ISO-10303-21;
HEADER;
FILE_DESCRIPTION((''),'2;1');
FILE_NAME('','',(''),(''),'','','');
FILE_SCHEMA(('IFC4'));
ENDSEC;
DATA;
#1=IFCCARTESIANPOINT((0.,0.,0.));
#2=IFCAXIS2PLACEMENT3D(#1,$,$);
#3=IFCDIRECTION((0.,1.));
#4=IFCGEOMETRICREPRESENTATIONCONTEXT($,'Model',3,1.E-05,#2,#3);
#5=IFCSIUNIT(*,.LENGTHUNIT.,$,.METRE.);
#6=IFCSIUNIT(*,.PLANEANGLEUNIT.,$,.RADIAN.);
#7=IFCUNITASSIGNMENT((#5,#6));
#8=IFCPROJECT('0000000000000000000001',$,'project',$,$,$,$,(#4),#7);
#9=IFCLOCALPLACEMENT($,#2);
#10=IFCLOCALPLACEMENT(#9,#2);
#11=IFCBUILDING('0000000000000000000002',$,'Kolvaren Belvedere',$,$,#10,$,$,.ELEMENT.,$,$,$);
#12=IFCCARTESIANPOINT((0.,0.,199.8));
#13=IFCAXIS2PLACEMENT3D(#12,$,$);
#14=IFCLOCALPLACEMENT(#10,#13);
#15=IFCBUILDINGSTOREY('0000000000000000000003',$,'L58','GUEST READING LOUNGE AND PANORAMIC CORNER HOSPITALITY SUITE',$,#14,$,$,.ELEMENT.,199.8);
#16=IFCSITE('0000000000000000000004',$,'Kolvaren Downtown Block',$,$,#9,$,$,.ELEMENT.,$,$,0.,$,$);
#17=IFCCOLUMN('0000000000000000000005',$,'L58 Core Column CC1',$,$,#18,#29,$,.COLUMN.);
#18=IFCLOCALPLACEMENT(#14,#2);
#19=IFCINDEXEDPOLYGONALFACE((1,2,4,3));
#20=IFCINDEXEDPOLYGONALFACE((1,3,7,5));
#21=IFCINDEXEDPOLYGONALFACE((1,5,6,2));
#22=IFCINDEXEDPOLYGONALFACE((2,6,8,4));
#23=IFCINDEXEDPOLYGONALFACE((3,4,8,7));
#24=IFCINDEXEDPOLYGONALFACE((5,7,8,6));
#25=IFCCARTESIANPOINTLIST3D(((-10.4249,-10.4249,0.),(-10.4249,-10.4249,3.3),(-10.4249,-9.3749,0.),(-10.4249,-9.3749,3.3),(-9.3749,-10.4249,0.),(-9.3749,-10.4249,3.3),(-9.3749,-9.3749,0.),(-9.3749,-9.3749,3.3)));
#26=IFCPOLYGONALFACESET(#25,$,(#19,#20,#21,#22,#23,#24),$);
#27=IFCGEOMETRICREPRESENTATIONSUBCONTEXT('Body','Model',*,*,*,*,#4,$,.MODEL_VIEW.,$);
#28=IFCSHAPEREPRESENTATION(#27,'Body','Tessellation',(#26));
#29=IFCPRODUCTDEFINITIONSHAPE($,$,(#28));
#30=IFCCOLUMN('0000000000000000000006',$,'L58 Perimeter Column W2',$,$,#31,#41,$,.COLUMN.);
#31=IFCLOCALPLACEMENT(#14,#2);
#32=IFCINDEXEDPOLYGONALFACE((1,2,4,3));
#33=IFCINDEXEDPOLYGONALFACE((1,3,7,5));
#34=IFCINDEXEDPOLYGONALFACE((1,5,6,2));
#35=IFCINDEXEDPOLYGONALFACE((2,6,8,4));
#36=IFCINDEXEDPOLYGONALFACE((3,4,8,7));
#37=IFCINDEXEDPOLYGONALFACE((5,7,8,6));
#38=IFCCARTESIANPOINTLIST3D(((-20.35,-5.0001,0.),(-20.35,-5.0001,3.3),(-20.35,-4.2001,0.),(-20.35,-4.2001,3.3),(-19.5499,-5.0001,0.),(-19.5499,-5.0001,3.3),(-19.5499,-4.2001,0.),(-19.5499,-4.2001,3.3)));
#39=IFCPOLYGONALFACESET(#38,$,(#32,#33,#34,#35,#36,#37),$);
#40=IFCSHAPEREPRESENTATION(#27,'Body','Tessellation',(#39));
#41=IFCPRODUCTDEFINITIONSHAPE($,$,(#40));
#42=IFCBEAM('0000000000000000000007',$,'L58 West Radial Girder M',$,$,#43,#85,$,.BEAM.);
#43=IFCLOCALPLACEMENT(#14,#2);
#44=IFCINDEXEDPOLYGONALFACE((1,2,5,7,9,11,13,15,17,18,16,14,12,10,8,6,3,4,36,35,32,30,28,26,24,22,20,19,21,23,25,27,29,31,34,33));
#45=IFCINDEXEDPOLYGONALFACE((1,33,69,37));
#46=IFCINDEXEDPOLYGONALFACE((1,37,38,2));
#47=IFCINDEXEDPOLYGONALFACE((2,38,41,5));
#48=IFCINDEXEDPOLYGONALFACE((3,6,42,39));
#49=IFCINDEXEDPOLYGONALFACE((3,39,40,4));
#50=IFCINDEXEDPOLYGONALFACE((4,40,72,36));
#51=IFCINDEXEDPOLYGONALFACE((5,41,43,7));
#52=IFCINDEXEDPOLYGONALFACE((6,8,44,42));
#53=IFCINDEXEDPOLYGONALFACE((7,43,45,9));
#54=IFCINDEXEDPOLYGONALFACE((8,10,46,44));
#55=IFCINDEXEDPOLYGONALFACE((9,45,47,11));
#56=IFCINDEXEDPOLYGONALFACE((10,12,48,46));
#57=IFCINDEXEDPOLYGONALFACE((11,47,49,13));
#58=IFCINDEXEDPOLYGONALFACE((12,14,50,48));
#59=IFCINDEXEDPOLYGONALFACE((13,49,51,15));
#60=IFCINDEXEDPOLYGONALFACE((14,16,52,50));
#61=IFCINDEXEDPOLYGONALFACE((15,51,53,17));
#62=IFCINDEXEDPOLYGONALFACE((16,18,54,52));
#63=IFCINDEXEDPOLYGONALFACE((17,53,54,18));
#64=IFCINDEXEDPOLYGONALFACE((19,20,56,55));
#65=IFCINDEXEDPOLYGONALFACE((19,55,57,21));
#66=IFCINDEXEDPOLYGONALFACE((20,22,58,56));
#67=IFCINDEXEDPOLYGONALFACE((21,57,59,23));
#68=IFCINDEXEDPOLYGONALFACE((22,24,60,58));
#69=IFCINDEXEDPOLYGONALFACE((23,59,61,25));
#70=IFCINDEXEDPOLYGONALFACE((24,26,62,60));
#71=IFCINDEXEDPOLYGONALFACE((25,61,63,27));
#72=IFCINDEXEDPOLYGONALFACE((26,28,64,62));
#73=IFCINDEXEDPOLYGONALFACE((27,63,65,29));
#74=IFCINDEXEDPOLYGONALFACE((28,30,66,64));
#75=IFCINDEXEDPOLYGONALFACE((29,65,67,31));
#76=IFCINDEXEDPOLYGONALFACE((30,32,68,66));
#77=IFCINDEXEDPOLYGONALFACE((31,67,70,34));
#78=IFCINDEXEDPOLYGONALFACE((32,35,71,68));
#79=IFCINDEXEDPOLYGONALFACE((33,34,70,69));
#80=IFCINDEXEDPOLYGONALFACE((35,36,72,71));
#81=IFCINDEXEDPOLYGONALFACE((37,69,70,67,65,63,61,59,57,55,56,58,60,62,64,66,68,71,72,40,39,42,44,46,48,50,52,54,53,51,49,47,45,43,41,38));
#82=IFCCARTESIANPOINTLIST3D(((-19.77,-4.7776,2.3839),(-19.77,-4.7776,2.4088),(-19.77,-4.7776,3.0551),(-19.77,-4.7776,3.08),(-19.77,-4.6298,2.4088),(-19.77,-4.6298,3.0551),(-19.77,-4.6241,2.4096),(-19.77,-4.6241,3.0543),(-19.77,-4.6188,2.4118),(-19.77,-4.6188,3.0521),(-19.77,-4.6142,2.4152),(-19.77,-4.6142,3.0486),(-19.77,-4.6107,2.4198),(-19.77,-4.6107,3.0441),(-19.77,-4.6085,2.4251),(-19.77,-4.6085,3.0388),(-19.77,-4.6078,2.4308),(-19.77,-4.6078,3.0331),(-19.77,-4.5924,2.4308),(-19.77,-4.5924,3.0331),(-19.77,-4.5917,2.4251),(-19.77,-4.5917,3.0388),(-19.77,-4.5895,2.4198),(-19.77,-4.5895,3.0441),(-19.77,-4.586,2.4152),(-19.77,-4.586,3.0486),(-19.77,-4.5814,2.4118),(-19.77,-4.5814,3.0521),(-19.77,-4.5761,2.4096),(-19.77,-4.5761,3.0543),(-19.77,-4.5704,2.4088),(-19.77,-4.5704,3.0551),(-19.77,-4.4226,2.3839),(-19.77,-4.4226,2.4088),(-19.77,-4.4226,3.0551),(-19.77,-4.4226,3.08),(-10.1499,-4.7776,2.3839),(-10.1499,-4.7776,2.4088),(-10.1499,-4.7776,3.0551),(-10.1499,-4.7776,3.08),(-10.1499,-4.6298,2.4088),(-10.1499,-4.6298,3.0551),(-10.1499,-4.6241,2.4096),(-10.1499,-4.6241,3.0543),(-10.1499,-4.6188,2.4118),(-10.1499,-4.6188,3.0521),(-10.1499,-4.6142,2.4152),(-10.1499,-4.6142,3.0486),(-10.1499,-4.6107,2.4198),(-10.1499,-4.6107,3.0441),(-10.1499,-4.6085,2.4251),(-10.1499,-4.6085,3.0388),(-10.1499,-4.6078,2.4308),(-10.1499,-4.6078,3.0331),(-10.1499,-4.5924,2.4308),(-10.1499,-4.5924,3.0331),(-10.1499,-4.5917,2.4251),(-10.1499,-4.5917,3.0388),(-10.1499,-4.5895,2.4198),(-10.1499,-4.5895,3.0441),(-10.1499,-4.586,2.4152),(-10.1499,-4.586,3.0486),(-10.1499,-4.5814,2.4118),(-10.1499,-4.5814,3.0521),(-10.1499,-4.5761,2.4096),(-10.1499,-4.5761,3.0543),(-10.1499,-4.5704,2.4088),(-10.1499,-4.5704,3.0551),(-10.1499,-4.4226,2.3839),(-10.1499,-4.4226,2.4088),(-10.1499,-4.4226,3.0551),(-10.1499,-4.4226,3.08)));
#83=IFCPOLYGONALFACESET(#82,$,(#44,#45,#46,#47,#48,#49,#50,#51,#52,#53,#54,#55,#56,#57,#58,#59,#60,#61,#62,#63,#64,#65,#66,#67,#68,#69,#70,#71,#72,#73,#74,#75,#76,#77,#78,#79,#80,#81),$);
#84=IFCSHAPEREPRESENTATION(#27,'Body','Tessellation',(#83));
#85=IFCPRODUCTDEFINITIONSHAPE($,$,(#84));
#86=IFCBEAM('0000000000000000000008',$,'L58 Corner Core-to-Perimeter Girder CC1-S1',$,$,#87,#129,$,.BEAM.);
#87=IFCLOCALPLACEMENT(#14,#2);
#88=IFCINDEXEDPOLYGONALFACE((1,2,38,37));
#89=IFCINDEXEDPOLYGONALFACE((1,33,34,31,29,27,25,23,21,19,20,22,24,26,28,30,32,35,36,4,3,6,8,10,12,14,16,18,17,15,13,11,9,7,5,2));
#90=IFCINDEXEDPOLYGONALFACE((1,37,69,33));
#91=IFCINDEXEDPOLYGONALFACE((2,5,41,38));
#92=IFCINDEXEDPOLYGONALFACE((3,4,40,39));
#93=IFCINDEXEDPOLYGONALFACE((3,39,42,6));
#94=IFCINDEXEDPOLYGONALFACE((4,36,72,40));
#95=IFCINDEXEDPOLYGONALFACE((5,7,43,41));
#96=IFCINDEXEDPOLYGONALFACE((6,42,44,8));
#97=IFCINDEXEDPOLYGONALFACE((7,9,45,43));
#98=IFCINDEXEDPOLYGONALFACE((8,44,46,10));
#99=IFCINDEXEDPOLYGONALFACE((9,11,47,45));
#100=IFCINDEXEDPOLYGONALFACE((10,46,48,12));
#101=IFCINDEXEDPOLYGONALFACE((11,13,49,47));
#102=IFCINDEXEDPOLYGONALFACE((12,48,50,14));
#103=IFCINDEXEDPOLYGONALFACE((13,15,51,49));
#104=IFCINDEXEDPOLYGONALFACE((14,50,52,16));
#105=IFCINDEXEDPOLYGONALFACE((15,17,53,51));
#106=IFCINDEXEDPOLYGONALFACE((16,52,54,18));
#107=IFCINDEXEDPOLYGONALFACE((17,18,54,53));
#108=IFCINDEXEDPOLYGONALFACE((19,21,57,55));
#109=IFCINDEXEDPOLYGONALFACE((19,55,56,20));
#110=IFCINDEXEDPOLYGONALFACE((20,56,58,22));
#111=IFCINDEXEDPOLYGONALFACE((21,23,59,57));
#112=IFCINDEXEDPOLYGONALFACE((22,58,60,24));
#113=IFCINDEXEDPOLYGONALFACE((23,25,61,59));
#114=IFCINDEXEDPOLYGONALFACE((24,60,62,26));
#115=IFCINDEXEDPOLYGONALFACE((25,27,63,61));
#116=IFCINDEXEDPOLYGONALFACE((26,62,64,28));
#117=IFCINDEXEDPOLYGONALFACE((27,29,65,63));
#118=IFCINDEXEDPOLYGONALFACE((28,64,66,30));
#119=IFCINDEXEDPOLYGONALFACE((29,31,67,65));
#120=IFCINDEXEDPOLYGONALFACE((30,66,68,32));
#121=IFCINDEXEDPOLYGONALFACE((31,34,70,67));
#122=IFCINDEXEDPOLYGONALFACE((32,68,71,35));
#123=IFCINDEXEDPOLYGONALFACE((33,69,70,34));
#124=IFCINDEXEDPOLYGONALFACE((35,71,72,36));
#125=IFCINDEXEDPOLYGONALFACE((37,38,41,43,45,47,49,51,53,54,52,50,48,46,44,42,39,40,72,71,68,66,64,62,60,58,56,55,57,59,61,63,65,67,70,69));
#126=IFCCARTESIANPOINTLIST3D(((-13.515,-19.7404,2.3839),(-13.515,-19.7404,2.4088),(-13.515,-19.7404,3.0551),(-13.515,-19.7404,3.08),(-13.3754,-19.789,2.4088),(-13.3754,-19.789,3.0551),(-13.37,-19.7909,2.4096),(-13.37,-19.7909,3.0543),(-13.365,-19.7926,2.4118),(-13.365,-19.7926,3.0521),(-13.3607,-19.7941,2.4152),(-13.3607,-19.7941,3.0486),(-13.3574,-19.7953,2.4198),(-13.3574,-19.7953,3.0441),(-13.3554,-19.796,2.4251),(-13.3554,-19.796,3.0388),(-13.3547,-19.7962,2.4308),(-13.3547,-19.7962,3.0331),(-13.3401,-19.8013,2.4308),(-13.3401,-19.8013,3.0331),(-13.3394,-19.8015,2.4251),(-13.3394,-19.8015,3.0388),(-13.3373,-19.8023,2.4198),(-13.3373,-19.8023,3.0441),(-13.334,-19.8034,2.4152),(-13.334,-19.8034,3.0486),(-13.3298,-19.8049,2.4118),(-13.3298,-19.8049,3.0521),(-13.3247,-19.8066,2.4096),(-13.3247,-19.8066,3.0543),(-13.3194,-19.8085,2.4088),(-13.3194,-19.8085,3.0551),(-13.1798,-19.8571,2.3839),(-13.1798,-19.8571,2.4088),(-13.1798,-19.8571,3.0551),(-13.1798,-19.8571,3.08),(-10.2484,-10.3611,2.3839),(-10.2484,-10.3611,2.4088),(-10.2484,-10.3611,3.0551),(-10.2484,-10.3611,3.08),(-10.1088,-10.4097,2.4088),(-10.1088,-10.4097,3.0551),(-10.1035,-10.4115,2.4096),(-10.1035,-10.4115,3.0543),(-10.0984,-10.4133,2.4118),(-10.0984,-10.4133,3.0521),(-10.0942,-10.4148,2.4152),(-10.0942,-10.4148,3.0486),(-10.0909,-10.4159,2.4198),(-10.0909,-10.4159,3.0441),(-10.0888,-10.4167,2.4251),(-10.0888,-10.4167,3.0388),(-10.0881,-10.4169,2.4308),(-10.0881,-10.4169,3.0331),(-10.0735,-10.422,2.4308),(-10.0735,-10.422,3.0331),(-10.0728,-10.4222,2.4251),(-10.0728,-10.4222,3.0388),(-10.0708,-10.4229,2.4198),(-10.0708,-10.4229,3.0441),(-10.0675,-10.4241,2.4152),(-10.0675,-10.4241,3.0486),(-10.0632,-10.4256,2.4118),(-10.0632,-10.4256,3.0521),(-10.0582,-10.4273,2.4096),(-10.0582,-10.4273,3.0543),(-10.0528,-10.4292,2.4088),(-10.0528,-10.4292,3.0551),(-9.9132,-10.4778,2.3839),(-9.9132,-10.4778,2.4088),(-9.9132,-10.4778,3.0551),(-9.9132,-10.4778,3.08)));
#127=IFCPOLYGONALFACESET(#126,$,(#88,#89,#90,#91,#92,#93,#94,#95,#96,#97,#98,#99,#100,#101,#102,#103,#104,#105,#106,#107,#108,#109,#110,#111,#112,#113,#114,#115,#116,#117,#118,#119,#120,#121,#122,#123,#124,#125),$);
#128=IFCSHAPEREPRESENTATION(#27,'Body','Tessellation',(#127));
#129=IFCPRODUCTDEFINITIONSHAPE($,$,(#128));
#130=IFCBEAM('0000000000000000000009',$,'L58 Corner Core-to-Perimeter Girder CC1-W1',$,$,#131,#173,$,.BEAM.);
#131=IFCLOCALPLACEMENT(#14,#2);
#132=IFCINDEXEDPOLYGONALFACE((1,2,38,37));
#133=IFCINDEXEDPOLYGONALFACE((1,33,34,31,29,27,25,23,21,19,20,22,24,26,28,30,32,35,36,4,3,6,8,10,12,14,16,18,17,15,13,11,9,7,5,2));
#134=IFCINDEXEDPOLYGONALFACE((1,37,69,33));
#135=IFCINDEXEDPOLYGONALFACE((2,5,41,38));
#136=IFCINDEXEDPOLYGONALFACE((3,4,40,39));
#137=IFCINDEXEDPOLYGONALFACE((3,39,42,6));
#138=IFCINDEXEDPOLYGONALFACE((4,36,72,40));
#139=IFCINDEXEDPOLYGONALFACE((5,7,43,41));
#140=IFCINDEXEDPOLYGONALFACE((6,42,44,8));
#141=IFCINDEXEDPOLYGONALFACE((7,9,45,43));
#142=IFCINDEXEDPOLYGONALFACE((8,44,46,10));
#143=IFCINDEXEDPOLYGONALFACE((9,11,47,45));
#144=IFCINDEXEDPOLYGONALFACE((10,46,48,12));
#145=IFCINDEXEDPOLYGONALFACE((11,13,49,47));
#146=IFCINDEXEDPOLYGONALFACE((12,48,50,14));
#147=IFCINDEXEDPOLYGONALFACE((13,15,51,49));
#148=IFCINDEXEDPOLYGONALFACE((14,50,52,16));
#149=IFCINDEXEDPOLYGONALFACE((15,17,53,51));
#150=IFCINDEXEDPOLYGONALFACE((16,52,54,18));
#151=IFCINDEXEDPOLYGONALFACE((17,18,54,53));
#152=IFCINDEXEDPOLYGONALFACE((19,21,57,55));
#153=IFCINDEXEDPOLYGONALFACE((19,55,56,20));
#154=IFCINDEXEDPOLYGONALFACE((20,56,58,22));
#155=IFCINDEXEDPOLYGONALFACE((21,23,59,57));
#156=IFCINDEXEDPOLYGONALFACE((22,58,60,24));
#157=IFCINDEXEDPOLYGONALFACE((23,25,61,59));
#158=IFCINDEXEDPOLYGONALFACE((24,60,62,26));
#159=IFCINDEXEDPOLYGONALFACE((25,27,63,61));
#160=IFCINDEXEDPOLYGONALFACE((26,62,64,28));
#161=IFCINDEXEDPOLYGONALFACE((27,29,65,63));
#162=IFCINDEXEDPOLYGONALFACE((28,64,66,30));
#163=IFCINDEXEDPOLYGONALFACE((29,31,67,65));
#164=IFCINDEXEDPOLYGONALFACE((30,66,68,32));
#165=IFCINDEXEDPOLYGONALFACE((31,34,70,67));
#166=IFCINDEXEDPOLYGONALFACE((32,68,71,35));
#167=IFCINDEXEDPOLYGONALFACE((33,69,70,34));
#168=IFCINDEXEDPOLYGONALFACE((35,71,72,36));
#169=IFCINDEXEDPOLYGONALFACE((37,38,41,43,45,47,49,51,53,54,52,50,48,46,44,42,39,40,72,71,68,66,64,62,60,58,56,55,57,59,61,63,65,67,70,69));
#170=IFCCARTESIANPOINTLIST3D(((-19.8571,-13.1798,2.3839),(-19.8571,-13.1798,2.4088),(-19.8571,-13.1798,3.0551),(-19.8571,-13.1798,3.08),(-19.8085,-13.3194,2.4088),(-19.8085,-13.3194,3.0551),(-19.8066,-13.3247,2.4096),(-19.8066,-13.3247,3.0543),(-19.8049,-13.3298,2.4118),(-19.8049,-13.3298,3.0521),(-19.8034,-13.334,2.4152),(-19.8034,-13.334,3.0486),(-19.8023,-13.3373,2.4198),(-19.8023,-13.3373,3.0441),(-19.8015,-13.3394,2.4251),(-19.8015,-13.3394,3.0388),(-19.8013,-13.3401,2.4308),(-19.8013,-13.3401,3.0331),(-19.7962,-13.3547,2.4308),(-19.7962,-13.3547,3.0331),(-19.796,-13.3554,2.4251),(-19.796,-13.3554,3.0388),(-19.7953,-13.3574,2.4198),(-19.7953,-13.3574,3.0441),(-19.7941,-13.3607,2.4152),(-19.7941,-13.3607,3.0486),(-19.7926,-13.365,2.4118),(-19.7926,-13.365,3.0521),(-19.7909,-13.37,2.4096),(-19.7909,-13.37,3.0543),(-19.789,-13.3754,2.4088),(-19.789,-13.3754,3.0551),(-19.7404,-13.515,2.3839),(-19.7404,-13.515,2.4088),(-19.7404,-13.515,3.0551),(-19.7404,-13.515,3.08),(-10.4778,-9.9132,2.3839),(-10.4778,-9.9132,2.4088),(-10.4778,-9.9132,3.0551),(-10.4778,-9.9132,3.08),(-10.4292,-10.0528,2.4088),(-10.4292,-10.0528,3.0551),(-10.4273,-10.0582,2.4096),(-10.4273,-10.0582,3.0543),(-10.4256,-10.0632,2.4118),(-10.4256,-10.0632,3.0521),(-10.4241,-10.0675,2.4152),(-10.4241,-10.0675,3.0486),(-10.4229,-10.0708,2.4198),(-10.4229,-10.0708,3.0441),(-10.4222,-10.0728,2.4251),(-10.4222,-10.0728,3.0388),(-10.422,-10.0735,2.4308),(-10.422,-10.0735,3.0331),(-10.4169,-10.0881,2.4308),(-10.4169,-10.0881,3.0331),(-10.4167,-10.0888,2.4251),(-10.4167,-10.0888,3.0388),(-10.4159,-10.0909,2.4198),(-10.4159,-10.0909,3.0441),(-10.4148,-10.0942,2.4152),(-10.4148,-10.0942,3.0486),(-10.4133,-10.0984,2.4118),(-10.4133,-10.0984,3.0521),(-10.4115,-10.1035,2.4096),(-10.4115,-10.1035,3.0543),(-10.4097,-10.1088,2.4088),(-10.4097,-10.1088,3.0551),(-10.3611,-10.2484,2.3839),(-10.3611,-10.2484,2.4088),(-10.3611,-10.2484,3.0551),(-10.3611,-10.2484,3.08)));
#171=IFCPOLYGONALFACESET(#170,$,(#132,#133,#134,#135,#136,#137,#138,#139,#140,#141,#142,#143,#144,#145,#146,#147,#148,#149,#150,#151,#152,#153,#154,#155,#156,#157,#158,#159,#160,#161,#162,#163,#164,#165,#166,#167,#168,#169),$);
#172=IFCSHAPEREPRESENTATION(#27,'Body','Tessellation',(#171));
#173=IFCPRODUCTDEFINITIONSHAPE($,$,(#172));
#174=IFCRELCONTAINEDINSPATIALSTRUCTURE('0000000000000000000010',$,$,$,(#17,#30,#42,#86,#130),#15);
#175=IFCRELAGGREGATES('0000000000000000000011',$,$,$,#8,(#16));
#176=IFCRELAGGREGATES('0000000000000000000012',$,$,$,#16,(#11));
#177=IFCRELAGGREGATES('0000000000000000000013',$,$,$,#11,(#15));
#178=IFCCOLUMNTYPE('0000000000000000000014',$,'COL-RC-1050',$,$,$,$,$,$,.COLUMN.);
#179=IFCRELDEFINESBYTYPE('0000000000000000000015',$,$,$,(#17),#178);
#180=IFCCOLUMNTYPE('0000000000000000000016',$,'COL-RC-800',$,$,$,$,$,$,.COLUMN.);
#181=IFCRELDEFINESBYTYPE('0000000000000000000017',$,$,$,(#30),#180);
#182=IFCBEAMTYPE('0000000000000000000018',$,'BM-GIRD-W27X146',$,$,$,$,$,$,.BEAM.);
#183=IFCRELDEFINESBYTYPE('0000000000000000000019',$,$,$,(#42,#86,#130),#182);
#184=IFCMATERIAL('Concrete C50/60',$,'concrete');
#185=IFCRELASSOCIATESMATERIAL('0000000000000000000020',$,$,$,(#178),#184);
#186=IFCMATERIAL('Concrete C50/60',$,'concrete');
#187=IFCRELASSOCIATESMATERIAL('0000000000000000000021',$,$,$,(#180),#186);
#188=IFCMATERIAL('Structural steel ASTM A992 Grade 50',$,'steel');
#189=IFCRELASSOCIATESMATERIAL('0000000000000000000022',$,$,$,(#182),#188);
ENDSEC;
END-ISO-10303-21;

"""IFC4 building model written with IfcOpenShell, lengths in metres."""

from ifc_helpers import new_model, si_unit, direction, frame, origin, origin_2d, place, context, subcontext, project, spatial, rectangle, i_section, extrude, material, material_profile, profile_set, type_object, element, save


model = new_model("IFC4")

# Units and contexts
model_context = context("Model", 3, precision=1e-05, world=origin(), true_north=direction((0.0, 1.0)))
body_context = subcontext(model_context, "Body", "Model", "MODEL_VIEW")
ifc_project = project(units=[si_unit("LENGTHUNIT", "METRE"), si_unit("PLANEANGLEUNIT", "RADIAN")], contexts=[model_context])

# Site, building, storey
site_placement = place(None, origin())
site = spatial("IfcSite", under=ifc_project, at=site_placement, Name="Kolvaren Downtown Block", CompositionType="ELEMENT", RefElevation=0.0)
building_placement = place(site_placement, origin())
building = spatial("IfcBuilding", under=site, at=building_placement, Name="Kolvaren Belvedere", CompositionType="ELEMENT")
storey_placement = place(building_placement, frame((0.0, 0.0, 199.8)))
storey = spatial("IfcBuildingStorey", under=building, at=storey_placement, Name="L58", Description="GUEST READING LOUNGE AND PANORAMIC CORNER HOSPITALITY SUITE", CompositionType="ELEMENT", Elevation=199.8)

# Columns
ifc_material_1 = material(Name="Concrete C50/60", Category="concrete")
ifc_material_profile_1 = material_profile(ifc_material_1, rectangle(XDim=1.05, YDim=1.05, at=origin_2d()), Name="RC 1050X1050")
ifc_profile_set_1 = profile_set([ifc_material_profile_1], Name="Concrete C50/60")
column_type_1 = type_object("IfcColumnType", Name="COL-RC-1050", PredefinedType="COLUMN", material=ifc_profile_set_1)
column_1_placement = place(storey_placement, frame((-9.8999, -9.8999, 0.0), z_axis=(0.0, 0.0, 1.0), x_axis=(1.0, 0.0, 0.0)))
element("IfcColumn", 1, at=column_1_placement, inside=storey, type_object=column_type_1, Name="L58 Core Column CC1", PredefinedType="COLUMN", context=body_context, shape_type="SweptSolid", body=[
    extrude(rectangle(XDim=1.05, YDim=1.05, at=origin_2d()), origin(), (0.0, 0.0, 1.0), 3.3),
])
ifc_material_2 = material(Name="Concrete C50/60", Category="concrete")
ifc_material_profile_2 = material_profile(ifc_material_2, rectangle(XDim=0.8, YDim=0.8, at=origin_2d()), Name="RC 800X800")
ifc_profile_set_2 = profile_set([ifc_material_profile_2], Name="Concrete C50/60")
column_type_2 = type_object("IfcColumnType", Name="COL-RC-800", PredefinedType="COLUMN", material=ifc_profile_set_2)
column_2_placement = place(storey_placement, frame((-19.95, -4.6001, 0.0), z_axis=(0.0, 0.0, 1.0), x_axis=(1.0, 0.0, 0.0)))
element("IfcColumn", 2, at=column_2_placement, inside=storey, type_object=column_type_2, Name="L58 Perimeter Column W2", PredefinedType="COLUMN", context=body_context, shape_type="SweptSolid", body=[
    extrude(rectangle(XDim=0.8, YDim=0.8, at=origin_2d()), origin(), (0.0, 0.0, 1.0), 3.3),
])

# Beams
ifc_material_3 = material(Name="Structural steel ASTM A992 Grade 50", Category="steel")
ifc_material_profile_3 = material_profile(ifc_material_3, i_section(OverallWidth=0.355, OverallDepth=0.696, WebThickness=0.0154, FlangeThickness=0.0249, FilletRadius=0.022, at=origin_2d()), Name="W27X146")
ifc_profile_set_3 = profile_set([ifc_material_profile_3], Name="Structural steel ASTM A992 Grade 50")
beam_type_1 = type_object("IfcBeamType", Name="BM-GIRD-W27X146", PredefinedType="BEAM", material=ifc_profile_set_3)
beam_1_placement = place(storey_placement, frame((-10.1499, -4.6001, 2.7319), z_axis=(-1.0, 0.0, 0.0), x_axis=(0.0, -1.0, 0.0)))
element("IfcBeam", 3, at=beam_1_placement, inside=storey, type_object=beam_type_1, Name="L58 West Radial Girder M", PredefinedType="BEAM", context=body_context, shape_type="SweptSolid", body=[
    extrude(i_section(OverallWidth=0.355, OverallDepth=0.696, WebThickness=0.0154, FlangeThickness=0.0249, FilletRadius=0.022, at=origin_2d()), origin(), (0.0, 0.0, 1.0), 9.6201),
])
for number, where, z_axis, x_axis, name in (
    (4, (-10.0808, -10.4194, 2.7319), (-0.328898, -0.944365, 0.0), (0.944365, -0.328898, 0.0), "L58 Corner Core-to-Perimeter Girder CC1-S1"),
    (5, (-10.4194, -10.0808, 2.7319), (-0.944365, -0.328898, 0.0), (0.328898, -0.944365, 0.0), "L58 Corner Core-to-Perimeter Girder CC1-W1"),
):
    element("IfcBeam", number, at=place(storey_placement, frame(where, z_axis=z_axis, x_axis=x_axis)), inside=storey, type_object=beam_type_1, Name=name, PredefinedType="BEAM", context=body_context, shape_type="SweptSolid", body=[
        extrude(i_section(OverallWidth=0.355, OverallDepth=0.696, WebThickness=0.0154, FlangeThickness=0.0249, FilletRadius=0.022, at=origin_2d()), origin(), (0.0, 0.0, 1.0), 9.9319),
    ])

save(model, "model.ifc")
